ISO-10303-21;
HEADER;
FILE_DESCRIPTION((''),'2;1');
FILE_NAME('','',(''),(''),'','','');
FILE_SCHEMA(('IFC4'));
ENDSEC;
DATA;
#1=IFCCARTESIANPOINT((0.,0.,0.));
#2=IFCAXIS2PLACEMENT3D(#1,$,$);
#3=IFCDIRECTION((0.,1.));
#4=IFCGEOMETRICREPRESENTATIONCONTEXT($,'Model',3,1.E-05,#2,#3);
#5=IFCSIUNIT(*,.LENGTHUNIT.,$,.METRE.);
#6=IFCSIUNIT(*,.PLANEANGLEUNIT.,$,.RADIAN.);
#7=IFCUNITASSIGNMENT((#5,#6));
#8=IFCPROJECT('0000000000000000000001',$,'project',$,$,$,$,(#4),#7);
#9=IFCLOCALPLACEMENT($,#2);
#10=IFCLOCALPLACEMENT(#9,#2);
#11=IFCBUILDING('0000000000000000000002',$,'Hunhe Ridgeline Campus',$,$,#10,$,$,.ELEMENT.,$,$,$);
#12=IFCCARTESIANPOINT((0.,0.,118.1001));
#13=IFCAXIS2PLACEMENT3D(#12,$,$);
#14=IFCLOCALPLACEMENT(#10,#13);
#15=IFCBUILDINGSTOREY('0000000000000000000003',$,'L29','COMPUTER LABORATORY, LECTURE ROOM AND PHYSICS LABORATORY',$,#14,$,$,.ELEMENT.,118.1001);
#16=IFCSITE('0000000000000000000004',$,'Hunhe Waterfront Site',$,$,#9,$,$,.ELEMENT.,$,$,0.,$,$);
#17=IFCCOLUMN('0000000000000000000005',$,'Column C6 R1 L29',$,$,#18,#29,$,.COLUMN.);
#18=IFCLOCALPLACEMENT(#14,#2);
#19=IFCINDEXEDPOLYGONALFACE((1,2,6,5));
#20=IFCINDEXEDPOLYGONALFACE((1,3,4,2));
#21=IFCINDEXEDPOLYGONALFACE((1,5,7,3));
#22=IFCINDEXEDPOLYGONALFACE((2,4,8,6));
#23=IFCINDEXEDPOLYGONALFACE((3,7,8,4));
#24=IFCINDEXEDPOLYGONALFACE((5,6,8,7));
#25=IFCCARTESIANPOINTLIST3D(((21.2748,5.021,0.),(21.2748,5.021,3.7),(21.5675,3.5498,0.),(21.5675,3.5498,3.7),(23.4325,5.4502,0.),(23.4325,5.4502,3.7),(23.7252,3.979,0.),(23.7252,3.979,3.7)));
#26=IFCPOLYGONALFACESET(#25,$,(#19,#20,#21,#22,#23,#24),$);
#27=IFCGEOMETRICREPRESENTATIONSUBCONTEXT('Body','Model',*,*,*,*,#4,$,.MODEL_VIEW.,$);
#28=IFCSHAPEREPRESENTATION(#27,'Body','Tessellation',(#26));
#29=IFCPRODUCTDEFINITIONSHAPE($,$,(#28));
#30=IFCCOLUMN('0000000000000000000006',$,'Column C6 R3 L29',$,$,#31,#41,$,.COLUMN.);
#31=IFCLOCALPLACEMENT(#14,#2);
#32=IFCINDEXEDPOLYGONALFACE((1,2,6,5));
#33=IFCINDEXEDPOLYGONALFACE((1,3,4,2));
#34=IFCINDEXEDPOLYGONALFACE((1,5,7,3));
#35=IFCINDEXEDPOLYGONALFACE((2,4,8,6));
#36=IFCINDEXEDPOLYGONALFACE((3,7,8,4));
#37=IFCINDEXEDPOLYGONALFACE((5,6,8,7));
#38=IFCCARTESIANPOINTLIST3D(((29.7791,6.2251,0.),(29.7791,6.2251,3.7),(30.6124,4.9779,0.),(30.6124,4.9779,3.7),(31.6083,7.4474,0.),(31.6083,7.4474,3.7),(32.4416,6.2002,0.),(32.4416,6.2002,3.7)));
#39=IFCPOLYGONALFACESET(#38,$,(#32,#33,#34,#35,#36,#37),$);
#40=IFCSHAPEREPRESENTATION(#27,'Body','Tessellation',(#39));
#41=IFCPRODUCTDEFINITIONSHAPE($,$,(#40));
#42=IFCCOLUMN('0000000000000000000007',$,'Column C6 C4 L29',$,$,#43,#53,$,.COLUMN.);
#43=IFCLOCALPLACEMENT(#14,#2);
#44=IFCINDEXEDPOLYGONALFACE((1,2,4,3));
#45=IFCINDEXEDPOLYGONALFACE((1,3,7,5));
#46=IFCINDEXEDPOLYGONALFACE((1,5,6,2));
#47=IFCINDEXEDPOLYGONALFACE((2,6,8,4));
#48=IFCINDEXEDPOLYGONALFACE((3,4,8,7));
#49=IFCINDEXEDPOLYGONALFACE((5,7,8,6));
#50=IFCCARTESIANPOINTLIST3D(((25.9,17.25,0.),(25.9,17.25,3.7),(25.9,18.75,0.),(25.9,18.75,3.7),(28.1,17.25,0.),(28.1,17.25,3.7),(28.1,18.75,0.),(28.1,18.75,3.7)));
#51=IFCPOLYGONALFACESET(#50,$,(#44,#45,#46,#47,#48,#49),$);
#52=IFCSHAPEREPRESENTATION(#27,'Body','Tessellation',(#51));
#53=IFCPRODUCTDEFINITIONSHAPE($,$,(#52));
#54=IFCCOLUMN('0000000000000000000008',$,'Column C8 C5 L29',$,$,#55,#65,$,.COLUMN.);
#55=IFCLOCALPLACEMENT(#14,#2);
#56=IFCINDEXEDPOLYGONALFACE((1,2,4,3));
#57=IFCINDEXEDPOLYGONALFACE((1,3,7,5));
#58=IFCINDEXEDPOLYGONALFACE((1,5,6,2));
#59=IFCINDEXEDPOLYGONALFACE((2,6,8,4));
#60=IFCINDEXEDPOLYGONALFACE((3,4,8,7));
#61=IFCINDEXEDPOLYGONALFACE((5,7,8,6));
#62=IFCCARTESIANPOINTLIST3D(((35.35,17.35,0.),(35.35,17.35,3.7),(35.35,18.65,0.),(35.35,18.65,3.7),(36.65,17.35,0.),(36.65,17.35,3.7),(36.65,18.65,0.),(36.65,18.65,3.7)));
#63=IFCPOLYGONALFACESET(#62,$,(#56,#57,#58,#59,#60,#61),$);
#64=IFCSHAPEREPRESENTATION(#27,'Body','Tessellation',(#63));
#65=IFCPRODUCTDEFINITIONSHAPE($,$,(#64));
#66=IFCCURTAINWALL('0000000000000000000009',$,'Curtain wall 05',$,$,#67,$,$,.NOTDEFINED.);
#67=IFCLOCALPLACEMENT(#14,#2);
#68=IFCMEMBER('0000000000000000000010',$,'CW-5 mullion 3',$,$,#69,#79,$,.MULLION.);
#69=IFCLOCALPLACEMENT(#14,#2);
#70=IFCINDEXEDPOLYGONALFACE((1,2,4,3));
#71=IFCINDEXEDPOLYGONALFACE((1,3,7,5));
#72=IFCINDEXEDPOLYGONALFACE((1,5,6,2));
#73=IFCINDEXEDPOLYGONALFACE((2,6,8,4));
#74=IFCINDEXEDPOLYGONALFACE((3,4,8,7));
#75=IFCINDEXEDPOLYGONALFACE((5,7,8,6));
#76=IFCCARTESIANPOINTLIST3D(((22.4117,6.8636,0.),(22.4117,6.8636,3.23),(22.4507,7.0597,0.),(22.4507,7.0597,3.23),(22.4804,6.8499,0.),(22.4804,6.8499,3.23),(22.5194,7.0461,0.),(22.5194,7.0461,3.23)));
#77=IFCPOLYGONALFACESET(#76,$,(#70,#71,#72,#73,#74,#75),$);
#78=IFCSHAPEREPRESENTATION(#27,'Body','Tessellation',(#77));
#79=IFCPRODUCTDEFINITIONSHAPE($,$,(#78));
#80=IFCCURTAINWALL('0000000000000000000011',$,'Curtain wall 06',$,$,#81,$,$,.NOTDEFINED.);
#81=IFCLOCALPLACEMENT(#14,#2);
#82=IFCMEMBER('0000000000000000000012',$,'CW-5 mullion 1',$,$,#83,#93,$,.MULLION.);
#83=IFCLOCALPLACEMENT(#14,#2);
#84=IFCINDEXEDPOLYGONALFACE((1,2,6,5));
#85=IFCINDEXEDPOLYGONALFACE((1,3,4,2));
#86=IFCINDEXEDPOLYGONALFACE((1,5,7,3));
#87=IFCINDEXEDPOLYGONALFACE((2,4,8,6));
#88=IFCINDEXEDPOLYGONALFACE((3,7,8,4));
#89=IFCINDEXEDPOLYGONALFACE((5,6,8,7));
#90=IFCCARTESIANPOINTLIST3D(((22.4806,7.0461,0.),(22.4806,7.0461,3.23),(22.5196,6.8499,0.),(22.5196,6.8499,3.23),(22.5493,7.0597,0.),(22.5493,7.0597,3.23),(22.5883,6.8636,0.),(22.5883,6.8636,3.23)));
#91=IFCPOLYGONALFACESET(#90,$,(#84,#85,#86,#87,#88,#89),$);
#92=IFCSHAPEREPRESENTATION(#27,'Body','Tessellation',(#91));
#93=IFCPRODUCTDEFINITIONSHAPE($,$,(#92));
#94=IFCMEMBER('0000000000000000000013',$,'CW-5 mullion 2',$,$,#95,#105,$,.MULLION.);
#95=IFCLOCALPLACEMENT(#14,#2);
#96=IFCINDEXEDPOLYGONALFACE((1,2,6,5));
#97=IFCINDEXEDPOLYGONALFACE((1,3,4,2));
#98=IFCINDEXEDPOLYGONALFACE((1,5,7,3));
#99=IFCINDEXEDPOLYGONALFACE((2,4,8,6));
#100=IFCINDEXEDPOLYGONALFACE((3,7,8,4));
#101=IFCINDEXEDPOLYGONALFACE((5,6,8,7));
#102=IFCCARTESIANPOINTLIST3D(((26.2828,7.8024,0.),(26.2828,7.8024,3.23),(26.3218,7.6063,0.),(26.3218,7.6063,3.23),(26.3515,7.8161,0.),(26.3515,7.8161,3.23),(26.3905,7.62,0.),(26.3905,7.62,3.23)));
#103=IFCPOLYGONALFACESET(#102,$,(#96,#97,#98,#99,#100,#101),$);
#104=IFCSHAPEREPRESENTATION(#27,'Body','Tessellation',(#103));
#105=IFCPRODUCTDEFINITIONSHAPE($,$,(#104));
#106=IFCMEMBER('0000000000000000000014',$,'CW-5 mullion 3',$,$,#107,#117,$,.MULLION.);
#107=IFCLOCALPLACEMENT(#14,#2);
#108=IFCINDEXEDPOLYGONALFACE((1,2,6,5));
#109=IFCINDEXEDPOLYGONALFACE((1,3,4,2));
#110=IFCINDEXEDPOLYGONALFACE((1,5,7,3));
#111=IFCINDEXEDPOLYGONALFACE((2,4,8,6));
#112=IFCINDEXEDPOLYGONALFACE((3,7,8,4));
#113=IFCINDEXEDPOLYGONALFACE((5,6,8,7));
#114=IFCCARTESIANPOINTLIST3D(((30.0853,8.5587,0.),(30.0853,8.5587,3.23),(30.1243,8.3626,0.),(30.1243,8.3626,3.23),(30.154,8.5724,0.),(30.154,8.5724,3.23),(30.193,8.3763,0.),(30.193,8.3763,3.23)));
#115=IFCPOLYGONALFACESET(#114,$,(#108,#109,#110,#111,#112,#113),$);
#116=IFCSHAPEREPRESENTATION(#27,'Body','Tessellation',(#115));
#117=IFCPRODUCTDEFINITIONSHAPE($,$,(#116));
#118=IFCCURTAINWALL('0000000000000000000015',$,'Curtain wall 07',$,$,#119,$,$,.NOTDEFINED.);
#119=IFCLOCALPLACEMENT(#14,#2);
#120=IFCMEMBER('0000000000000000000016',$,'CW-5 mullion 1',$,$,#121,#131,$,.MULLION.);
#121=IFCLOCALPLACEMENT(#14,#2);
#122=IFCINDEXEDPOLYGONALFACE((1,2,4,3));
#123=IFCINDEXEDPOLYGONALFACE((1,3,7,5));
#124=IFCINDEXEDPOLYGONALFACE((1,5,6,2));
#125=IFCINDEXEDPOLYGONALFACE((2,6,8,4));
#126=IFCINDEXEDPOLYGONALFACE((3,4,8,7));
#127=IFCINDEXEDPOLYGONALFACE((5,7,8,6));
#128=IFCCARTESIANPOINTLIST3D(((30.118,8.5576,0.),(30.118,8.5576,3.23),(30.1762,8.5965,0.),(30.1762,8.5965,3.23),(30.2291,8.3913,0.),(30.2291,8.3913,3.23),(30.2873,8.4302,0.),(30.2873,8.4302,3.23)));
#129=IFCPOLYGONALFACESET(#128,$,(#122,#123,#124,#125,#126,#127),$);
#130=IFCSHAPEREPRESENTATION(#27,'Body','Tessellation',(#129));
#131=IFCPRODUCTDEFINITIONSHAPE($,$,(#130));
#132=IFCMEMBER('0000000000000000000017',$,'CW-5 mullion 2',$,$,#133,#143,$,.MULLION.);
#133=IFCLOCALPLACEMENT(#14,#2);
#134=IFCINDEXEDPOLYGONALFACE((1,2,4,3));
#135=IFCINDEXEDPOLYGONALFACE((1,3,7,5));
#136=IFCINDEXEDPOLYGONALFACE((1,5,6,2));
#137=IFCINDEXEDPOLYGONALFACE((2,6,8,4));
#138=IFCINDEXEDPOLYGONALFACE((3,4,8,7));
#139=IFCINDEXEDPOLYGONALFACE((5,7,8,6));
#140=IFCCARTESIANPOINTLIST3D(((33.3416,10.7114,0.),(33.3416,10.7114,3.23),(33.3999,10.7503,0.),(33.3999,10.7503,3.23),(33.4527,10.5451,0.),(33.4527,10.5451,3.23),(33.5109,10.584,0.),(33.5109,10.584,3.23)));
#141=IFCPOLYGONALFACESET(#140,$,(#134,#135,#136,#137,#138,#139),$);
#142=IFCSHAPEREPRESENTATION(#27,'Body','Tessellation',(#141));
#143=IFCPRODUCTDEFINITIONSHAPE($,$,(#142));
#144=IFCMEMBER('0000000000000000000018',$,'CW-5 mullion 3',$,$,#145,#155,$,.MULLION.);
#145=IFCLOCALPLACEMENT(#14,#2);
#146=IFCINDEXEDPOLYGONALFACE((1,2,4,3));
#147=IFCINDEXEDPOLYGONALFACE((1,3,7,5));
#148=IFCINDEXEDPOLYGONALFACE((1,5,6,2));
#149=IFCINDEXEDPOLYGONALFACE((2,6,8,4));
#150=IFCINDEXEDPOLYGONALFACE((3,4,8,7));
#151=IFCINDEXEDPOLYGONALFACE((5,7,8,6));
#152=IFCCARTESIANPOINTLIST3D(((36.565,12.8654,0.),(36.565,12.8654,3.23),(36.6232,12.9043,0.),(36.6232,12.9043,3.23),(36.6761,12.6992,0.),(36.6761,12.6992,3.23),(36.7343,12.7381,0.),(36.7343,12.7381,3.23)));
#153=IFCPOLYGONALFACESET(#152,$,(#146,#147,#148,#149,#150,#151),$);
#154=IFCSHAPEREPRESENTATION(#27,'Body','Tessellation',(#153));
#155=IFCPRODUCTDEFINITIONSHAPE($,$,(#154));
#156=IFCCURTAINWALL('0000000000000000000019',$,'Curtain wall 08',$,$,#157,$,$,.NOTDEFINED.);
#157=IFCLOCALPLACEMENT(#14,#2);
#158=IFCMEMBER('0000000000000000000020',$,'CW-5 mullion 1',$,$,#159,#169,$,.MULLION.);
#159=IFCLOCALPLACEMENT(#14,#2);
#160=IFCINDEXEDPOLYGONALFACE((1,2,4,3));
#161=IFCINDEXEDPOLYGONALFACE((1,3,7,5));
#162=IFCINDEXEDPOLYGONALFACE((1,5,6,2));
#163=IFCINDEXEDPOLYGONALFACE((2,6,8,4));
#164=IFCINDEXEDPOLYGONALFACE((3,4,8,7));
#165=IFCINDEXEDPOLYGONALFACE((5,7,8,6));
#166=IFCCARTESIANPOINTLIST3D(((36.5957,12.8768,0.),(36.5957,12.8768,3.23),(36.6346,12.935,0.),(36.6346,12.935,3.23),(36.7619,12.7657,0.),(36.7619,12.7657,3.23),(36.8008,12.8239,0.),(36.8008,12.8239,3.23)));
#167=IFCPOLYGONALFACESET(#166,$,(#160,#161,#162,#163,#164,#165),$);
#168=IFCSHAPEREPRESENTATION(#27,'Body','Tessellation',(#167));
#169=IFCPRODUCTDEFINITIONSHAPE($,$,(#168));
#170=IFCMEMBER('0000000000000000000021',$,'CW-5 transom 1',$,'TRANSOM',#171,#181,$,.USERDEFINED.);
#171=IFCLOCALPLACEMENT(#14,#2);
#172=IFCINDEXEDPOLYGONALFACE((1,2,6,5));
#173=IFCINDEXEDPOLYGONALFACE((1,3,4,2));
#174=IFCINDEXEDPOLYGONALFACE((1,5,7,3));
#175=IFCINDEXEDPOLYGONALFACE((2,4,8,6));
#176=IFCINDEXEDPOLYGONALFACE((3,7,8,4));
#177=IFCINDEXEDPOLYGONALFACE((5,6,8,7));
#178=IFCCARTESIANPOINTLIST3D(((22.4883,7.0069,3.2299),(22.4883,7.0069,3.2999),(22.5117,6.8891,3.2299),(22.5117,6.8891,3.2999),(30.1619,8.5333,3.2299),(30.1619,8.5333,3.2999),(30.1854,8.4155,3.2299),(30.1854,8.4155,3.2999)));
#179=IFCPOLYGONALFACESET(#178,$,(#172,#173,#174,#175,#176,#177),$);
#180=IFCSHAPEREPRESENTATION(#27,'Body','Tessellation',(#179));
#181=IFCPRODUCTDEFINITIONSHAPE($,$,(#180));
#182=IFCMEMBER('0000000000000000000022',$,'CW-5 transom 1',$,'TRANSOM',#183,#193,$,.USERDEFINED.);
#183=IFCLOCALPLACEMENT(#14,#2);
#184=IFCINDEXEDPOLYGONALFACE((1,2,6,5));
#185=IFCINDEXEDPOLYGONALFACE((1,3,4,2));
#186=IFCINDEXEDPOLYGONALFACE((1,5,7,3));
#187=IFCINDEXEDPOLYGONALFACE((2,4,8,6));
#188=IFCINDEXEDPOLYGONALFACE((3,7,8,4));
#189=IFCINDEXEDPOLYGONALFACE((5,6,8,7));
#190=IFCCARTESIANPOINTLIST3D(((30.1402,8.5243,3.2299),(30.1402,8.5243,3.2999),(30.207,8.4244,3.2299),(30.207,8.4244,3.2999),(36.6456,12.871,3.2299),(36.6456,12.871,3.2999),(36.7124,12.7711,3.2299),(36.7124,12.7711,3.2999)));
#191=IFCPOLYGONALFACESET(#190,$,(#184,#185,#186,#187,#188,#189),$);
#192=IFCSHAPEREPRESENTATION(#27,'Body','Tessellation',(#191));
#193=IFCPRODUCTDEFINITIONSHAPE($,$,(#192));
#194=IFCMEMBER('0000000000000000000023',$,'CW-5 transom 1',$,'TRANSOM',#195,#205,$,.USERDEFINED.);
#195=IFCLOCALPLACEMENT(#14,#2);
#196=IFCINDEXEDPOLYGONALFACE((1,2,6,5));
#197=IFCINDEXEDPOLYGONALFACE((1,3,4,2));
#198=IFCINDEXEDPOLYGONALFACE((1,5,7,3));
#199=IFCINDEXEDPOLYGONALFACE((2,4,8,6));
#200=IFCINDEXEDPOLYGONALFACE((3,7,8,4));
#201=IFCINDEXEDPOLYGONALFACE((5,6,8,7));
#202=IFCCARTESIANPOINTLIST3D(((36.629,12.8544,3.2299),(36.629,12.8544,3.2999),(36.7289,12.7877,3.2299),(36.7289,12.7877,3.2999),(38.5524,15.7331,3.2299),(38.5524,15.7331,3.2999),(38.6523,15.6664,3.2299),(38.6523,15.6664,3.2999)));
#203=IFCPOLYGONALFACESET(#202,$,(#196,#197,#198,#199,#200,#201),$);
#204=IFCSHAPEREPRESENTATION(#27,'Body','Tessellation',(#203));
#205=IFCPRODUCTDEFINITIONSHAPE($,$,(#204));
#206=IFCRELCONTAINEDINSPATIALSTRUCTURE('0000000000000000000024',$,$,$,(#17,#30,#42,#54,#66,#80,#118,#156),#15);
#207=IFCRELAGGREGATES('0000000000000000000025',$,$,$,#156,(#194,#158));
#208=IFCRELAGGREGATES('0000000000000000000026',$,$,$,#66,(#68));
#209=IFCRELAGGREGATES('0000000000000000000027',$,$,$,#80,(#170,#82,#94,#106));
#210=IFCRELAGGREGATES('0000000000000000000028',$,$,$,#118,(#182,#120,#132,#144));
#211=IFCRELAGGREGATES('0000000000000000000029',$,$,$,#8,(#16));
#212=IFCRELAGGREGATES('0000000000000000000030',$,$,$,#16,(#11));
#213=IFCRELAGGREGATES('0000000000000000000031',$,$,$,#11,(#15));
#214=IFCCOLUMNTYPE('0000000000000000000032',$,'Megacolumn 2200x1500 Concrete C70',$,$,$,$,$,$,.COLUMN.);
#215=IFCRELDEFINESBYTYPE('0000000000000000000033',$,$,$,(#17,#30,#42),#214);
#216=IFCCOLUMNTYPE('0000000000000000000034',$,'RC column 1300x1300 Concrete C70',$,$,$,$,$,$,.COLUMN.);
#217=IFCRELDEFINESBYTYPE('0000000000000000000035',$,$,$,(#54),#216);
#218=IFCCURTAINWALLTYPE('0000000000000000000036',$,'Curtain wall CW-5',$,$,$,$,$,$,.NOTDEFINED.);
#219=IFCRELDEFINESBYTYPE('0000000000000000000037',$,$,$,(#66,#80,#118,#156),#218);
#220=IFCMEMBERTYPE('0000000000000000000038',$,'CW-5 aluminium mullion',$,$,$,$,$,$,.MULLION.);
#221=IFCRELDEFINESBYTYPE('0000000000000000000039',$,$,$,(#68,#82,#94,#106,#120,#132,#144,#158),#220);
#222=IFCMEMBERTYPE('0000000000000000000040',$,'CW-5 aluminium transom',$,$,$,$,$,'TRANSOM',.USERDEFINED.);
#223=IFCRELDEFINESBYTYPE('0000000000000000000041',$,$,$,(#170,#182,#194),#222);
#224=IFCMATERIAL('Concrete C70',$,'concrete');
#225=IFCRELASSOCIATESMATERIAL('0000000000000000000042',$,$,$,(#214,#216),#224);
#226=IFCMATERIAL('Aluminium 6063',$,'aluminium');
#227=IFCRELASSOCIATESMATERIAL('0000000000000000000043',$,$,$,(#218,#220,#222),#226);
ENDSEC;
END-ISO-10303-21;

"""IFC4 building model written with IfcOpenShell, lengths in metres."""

from ifc_helpers import new_model, si_unit, direction, frame, origin, origin_2d, place, context, subcontext, project, spatial, rectangle, extrude, material, material_profile, profile_set, type_object, element, aggregate, save


model = new_model("IFC4")

# Units and contexts
model_context = context("Model", 3, precision=1e-05, world=origin(), true_north=direction((0.0, 1.0)))
body_context = subcontext(model_context, "Body", "Model", "MODEL_VIEW")
ifc_project = project(units=[si_unit("LENGTHUNIT", "METRE"), si_unit("PLANEANGLEUNIT", "RADIAN")], contexts=[model_context])

# Site, building, storey
site_placement = place(None, origin())
site = spatial("IfcSite", under=ifc_project, at=site_placement, Name="Hunhe Waterfront Site", CompositionType="ELEMENT", RefElevation=0.0)
building_placement = place(site_placement, origin())
building = spatial("IfcBuilding", under=site, at=building_placement, Name="Hunhe Ridgeline Campus", CompositionType="ELEMENT")
storey_placement = place(building_placement, frame((0.0, 0.0, 118.1001)))
storey = spatial("IfcBuildingStorey", under=building, at=storey_placement, Name="L29", Description="COMPUTER LABORATORY, LECTURE ROOM AND PHYSICS LABORATORY", CompositionType="ELEMENT", Elevation=118.1001)

# Columns
ifc_material_1 = material(Name="Concrete C70", Category="concrete")
ifc_material_profile_1 = material_profile(ifc_material_1, rectangle(XDim=2.2, YDim=1.5, at=origin_2d()))
ifc_profile_set_1 = profile_set([ifc_material_profile_1], Name="Concrete C70")
column_type_1 = type_object("IfcColumnType", Name="Megacolumn 2200x1500 Concrete C70", PredefinedType="COLUMN", material=ifc_profile_set_1)
for number, where, z_axis, x_axis, name in (
    (1, (22.5, 4.5, 0.0), (0.0, 0.0, 1.0), (0.980785, 0.19509, 0.0), "Column C6 R1 L29"),
    (2, (31.1104, 6.2126, 0.0), (0.0, 0.0, 1.0), (0.83147, 0.55557, 0.0), "Column C6 R3 L29"),
    (3, (27.0, 18.0, 0.0), (0.0, 0.0, 1.0), (1.0, 0.0, 0.0), "Column C6 C4 L29"),
):
    element("IfcColumn", number, at=place(storey_placement, frame(where, z_axis=z_axis, x_axis=x_axis)), inside=storey, type_object=column_type_1, Name=name, PredefinedType="COLUMN", context=body_context, shape_type="SweptSolid", body=[
        extrude(rectangle(XDim=2.2, YDim=1.5, at=origin_2d()), origin(), (0.0, 0.0, 1.0), 3.7),
    ])
ifc_material_profile_2 = material_profile(ifc_material_1, rectangle(XDim=1.3, YDim=1.3, at=origin_2d()))
ifc_profile_set_2 = profile_set([ifc_material_profile_2], Name="Concrete C70")
column_type_2 = type_object("IfcColumnType", Name="RC column 1300x1300 Concrete C70", PredefinedType="COLUMN", material=ifc_profile_set_2)
column_placement = place(storey_placement, frame((36.0, 18.0, 0.0), z_axis=(0.0, 0.0, 1.0), x_axis=(1.0, 0.0, 0.0)))
element("IfcColumn", 4, at=column_placement, inside=storey, type_object=column_type_2, Name="Column C8 C5 L29", PredefinedType="COLUMN", context=body_context, shape_type="SweptSolid", body=[
    extrude(rectangle(XDim=1.3, YDim=1.3, at=origin_2d()), origin(), (0.0, 0.0, 1.0), 3.7),
])

# Curtain wall, member
ifc_material_2 = material(Name="Aluminium 6063", Category="aluminium")
curtain_wall_type = type_object("IfcCurtainWallType", Name="Curtain wall CW-5", PredefinedType="NOTDEFINED", material=ifc_material_2)
curtain_wall_1_placement = place(storey_placement, origin())
curtain_wall_1 = element("IfcCurtainWall", 5, at=curtain_wall_1_placement, inside=storey, type_object=curtain_wall_type, Name="Curtain wall 05", PredefinedType="NOTDEFINED")
ifc_material_profile_3 = material_profile(ifc_material_2, rectangle(XDim=0.2, YDim=0.0701, at=origin_2d()))
ifc_profile_set_3 = profile_set([ifc_material_profile_3], Name="Aluminium 6063")
member_type_1 = type_object("IfcMemberType", Name="CW-5 aluminium mullion", PredefinedType="MULLION", material=ifc_profile_set_3)
member_1_placement = place(storey_placement, frame((22.4656, 6.9548, 0.0), z_axis=(0.0, 0.0, 1.0), x_axis=(0.19509, 0.980785, 0.0)))
member_1 = element("IfcMember", 6, at=member_1_placement, type_object=member_type_1, Name="CW-5 mullion 3", PredefinedType="MULLION", context=body_context, shape_type="SweptSolid", body=[
    extrude(rectangle(XDim=0.2, YDim=0.0701, at=origin_2d()), origin(), (0.0, 0.0, 1.0), 3.23),
])

# Curtain walls, members
curtain_wall_2_placement = place(storey_placement, origin())
curtain_wall_2 = element("IfcCurtainWall", 7, at=curtain_wall_2_placement, inside=storey, type_object=curtain_wall_type, Name="Curtain wall 06", PredefinedType="NOTDEFINED")
member_2_placement = place(storey_placement, frame((22.5344, 6.9548, 0.0), z_axis=(0.0, 0.0, 1.0), x_axis=(-0.19509, 0.980785, 0.0)))
member_2 = element("IfcMember", 8, at=member_2_placement, type_object=member_type_1, Name="CW-5 mullion 1", PredefinedType="MULLION", context=body_context, shape_type="SweptSolid", body=[
    extrude(rectangle(XDim=0.2, YDim=0.0701, at=origin_2d()), origin(), (0.0, 0.0, 1.0), 3.23),
])
member_3_placement = place(storey_placement, frame((26.3367, 7.7112, 0.0), z_axis=(0.0, 0.0, 1.0), x_axis=(-0.19509, 0.980785, 0.0)))
member_3 = element("IfcMember", 9, at=member_3_placement, type_object=member_type_1, Name="CW-5 mullion 2", PredefinedType="MULLION", context=body_context, shape_type="SweptSolid", body=[
    extrude(rectangle(XDim=0.2, YDim=0.0701, at=origin_2d()), origin(), (0.0, 0.0, 1.0), 3.23),
])
member_4_placement = place(storey_placement, frame((30.1392, 8.4675, 0.0), z_axis=(0.0, 0.0, 1.0), x_axis=(-0.19509, 0.980785, 0.0)))
member_4 = element("IfcMember", 10, at=member_4_placement, type_object=member_type_1, Name="CW-5 mullion 3", PredefinedType="MULLION", context=body_context, shape_type="SweptSolid", body=[
    extrude(rectangle(XDim=0.2, YDim=0.0701, at=origin_2d()), origin(), (0.0, 0.0, 1.0), 3.23),
])
curtain_wall_3_placement = place(storey_placement, origin())
curtain_wall_3 = element("IfcCurtainWall", 11, at=curtain_wall_3_placement, inside=storey, type_object=curtain_wall_type, Name="Curtain wall 07", PredefinedType="NOTDEFINED")
member_5_placement = place(storey_placement, frame((30.2026, 8.4939, 0.0), z_axis=(0.0, 0.0, 1.0), x_axis=(-0.55557, 0.83147, 0.0)))
member_5 = element("IfcMember", 12, at=member_5_placement, type_object=member_type_1, Name="CW-5 mullion 1", PredefinedType="MULLION", context=body_context, shape_type="SweptSolid", body=[
    extrude(rectangle(XDim=0.2, YDim=0.0701, at=origin_2d()), origin(), (0.0, 0.0, 1.0), 3.23),
])
member_6_placement = place(storey_placement, frame((33.4263, 10.6477, 0.0), z_axis=(0.0, 0.0, 1.0), x_axis=(-0.55557, 0.83147, 0.0)))
member_6 = element("IfcMember", 13, at=member_6_placement, type_object=member_type_1, Name="CW-5 mullion 2", PredefinedType="MULLION", context=body_context, shape_type="SweptSolid", body=[
    extrude(rectangle(XDim=0.2, YDim=0.0701, at=origin_2d()), origin(), (0.0, 0.0, 1.0), 3.23),
])
member_7_placement = place(storey_placement, frame((36.6497, 12.8018, 0.0), z_axis=(0.0, 0.0, 1.0), x_axis=(-0.55557, 0.83147, 0.0)))
member_7 = element("IfcMember", 14, at=member_7_placement, type_object=member_type_1, Name="CW-5 mullion 3", PredefinedType="MULLION", context=body_context, shape_type="SweptSolid", body=[
    extrude(rectangle(XDim=0.2, YDim=0.0701, at=origin_2d()), origin(), (0.0, 0.0, 1.0), 3.23),
])

# Curtain wall, member
curtain_wall_4_placement = place(storey_placement, origin())
curtain_wall_4 = element("IfcCurtainWall", 15, at=curtain_wall_4_placement, inside=storey, type_object=curtain_wall_type, Name="Curtain wall 08", PredefinedType="NOTDEFINED")
member_8_placement = place(storey_placement, frame((36.6982, 12.8503, 0.0), z_axis=(0.0, 0.0, 1.0), x_axis=(-0.83147, 0.55557, 0.0)))
member_8 = element("IfcMember", 16, at=member_8_placement, type_object=member_type_1, Name="CW-5 mullion 1", PredefinedType="MULLION", context=body_context, shape_type="SweptSolid", body=[
    extrude(rectangle(XDim=0.2, YDim=0.0701, at=origin_2d()), origin(), (0.0, 0.0, 1.0), 3.23),
])

# Members
ifc_material_profile_4 = material_profile(ifc_material_2, rectangle(XDim=0.1201, YDim=0.0701, at=origin_2d()))
ifc_profile_set_4 = profile_set([ifc_material_profile_4], Name="Aluminium 6063")
member_type_2 = type_object("IfcMemberType", Name="CW-5 aluminium transom", ElementType="TRANSOM", PredefinedType="USERDEFINED", material=ifc_profile_set_4)
member_9_placement = place(storey_placement, frame((22.5, 6.948, 3.2649), z_axis=(0.980785, 0.19509, 0.0), x_axis=(-0.19509, 0.980785, 0.0)))
member_9 = element("IfcMember", 17, at=member_9_placement, type_object=member_type_2, Name="CW-5 transom 1", ObjectType="TRANSOM", PredefinedType="USERDEFINED", context=body_context, shape_type="SweptSolid", body=[
    extrude(rectangle(XDim=0.1201, YDim=0.0701, at=origin_2d()), origin(), (0.0, 0.0, 1.0), 7.824),
])
member_10_placement = place(storey_placement, frame((30.1736, 8.4744, 3.2649), z_axis=(0.831474, 0.555564, 0.0), x_axis=(-0.555564, 0.831474, 0.0)))
member_10 = element("IfcMember", 18, at=member_10_placement, type_object=member_type_2, Name="CW-5 transom 1", ObjectType="TRANSOM", PredefinedType="USERDEFINED", context=body_context, shape_type="SweptSolid", body=[
    extrude(rectangle(XDim=0.1201, YDim=0.0701, at=origin_2d()), origin(), (0.0, 0.0, 1.0), 7.824),
])
member_11_placement = place(storey_placement, frame((36.679, 12.821, 3.2649), z_axis=(0.555546, 0.831486, 0.0), x_axis=(-0.831486, 0.555546, 0.0)))
member_11 = element("IfcMember", 19, at=member_11_placement, type_object=member_type_2, Name="CW-5 transom 1", ObjectType="TRANSOM", PredefinedType="USERDEFINED", context=body_context, shape_type="SweptSolid", body=[
    extrude(rectangle(XDim=0.1201, YDim=0.0701, at=origin_2d()), origin(), (0.0, 0.0, 1.0), 3.4622),
])
aggregate(curtain_wall_4, [member_11, member_8])

aggregate(curtain_wall_1, [member_1])
aggregate(curtain_wall_2, [member_9, member_2, member_3, member_4])
aggregate(curtain_wall_3, [member_10, member_5, member_6, member_7])

save(model, "model.ifc")
